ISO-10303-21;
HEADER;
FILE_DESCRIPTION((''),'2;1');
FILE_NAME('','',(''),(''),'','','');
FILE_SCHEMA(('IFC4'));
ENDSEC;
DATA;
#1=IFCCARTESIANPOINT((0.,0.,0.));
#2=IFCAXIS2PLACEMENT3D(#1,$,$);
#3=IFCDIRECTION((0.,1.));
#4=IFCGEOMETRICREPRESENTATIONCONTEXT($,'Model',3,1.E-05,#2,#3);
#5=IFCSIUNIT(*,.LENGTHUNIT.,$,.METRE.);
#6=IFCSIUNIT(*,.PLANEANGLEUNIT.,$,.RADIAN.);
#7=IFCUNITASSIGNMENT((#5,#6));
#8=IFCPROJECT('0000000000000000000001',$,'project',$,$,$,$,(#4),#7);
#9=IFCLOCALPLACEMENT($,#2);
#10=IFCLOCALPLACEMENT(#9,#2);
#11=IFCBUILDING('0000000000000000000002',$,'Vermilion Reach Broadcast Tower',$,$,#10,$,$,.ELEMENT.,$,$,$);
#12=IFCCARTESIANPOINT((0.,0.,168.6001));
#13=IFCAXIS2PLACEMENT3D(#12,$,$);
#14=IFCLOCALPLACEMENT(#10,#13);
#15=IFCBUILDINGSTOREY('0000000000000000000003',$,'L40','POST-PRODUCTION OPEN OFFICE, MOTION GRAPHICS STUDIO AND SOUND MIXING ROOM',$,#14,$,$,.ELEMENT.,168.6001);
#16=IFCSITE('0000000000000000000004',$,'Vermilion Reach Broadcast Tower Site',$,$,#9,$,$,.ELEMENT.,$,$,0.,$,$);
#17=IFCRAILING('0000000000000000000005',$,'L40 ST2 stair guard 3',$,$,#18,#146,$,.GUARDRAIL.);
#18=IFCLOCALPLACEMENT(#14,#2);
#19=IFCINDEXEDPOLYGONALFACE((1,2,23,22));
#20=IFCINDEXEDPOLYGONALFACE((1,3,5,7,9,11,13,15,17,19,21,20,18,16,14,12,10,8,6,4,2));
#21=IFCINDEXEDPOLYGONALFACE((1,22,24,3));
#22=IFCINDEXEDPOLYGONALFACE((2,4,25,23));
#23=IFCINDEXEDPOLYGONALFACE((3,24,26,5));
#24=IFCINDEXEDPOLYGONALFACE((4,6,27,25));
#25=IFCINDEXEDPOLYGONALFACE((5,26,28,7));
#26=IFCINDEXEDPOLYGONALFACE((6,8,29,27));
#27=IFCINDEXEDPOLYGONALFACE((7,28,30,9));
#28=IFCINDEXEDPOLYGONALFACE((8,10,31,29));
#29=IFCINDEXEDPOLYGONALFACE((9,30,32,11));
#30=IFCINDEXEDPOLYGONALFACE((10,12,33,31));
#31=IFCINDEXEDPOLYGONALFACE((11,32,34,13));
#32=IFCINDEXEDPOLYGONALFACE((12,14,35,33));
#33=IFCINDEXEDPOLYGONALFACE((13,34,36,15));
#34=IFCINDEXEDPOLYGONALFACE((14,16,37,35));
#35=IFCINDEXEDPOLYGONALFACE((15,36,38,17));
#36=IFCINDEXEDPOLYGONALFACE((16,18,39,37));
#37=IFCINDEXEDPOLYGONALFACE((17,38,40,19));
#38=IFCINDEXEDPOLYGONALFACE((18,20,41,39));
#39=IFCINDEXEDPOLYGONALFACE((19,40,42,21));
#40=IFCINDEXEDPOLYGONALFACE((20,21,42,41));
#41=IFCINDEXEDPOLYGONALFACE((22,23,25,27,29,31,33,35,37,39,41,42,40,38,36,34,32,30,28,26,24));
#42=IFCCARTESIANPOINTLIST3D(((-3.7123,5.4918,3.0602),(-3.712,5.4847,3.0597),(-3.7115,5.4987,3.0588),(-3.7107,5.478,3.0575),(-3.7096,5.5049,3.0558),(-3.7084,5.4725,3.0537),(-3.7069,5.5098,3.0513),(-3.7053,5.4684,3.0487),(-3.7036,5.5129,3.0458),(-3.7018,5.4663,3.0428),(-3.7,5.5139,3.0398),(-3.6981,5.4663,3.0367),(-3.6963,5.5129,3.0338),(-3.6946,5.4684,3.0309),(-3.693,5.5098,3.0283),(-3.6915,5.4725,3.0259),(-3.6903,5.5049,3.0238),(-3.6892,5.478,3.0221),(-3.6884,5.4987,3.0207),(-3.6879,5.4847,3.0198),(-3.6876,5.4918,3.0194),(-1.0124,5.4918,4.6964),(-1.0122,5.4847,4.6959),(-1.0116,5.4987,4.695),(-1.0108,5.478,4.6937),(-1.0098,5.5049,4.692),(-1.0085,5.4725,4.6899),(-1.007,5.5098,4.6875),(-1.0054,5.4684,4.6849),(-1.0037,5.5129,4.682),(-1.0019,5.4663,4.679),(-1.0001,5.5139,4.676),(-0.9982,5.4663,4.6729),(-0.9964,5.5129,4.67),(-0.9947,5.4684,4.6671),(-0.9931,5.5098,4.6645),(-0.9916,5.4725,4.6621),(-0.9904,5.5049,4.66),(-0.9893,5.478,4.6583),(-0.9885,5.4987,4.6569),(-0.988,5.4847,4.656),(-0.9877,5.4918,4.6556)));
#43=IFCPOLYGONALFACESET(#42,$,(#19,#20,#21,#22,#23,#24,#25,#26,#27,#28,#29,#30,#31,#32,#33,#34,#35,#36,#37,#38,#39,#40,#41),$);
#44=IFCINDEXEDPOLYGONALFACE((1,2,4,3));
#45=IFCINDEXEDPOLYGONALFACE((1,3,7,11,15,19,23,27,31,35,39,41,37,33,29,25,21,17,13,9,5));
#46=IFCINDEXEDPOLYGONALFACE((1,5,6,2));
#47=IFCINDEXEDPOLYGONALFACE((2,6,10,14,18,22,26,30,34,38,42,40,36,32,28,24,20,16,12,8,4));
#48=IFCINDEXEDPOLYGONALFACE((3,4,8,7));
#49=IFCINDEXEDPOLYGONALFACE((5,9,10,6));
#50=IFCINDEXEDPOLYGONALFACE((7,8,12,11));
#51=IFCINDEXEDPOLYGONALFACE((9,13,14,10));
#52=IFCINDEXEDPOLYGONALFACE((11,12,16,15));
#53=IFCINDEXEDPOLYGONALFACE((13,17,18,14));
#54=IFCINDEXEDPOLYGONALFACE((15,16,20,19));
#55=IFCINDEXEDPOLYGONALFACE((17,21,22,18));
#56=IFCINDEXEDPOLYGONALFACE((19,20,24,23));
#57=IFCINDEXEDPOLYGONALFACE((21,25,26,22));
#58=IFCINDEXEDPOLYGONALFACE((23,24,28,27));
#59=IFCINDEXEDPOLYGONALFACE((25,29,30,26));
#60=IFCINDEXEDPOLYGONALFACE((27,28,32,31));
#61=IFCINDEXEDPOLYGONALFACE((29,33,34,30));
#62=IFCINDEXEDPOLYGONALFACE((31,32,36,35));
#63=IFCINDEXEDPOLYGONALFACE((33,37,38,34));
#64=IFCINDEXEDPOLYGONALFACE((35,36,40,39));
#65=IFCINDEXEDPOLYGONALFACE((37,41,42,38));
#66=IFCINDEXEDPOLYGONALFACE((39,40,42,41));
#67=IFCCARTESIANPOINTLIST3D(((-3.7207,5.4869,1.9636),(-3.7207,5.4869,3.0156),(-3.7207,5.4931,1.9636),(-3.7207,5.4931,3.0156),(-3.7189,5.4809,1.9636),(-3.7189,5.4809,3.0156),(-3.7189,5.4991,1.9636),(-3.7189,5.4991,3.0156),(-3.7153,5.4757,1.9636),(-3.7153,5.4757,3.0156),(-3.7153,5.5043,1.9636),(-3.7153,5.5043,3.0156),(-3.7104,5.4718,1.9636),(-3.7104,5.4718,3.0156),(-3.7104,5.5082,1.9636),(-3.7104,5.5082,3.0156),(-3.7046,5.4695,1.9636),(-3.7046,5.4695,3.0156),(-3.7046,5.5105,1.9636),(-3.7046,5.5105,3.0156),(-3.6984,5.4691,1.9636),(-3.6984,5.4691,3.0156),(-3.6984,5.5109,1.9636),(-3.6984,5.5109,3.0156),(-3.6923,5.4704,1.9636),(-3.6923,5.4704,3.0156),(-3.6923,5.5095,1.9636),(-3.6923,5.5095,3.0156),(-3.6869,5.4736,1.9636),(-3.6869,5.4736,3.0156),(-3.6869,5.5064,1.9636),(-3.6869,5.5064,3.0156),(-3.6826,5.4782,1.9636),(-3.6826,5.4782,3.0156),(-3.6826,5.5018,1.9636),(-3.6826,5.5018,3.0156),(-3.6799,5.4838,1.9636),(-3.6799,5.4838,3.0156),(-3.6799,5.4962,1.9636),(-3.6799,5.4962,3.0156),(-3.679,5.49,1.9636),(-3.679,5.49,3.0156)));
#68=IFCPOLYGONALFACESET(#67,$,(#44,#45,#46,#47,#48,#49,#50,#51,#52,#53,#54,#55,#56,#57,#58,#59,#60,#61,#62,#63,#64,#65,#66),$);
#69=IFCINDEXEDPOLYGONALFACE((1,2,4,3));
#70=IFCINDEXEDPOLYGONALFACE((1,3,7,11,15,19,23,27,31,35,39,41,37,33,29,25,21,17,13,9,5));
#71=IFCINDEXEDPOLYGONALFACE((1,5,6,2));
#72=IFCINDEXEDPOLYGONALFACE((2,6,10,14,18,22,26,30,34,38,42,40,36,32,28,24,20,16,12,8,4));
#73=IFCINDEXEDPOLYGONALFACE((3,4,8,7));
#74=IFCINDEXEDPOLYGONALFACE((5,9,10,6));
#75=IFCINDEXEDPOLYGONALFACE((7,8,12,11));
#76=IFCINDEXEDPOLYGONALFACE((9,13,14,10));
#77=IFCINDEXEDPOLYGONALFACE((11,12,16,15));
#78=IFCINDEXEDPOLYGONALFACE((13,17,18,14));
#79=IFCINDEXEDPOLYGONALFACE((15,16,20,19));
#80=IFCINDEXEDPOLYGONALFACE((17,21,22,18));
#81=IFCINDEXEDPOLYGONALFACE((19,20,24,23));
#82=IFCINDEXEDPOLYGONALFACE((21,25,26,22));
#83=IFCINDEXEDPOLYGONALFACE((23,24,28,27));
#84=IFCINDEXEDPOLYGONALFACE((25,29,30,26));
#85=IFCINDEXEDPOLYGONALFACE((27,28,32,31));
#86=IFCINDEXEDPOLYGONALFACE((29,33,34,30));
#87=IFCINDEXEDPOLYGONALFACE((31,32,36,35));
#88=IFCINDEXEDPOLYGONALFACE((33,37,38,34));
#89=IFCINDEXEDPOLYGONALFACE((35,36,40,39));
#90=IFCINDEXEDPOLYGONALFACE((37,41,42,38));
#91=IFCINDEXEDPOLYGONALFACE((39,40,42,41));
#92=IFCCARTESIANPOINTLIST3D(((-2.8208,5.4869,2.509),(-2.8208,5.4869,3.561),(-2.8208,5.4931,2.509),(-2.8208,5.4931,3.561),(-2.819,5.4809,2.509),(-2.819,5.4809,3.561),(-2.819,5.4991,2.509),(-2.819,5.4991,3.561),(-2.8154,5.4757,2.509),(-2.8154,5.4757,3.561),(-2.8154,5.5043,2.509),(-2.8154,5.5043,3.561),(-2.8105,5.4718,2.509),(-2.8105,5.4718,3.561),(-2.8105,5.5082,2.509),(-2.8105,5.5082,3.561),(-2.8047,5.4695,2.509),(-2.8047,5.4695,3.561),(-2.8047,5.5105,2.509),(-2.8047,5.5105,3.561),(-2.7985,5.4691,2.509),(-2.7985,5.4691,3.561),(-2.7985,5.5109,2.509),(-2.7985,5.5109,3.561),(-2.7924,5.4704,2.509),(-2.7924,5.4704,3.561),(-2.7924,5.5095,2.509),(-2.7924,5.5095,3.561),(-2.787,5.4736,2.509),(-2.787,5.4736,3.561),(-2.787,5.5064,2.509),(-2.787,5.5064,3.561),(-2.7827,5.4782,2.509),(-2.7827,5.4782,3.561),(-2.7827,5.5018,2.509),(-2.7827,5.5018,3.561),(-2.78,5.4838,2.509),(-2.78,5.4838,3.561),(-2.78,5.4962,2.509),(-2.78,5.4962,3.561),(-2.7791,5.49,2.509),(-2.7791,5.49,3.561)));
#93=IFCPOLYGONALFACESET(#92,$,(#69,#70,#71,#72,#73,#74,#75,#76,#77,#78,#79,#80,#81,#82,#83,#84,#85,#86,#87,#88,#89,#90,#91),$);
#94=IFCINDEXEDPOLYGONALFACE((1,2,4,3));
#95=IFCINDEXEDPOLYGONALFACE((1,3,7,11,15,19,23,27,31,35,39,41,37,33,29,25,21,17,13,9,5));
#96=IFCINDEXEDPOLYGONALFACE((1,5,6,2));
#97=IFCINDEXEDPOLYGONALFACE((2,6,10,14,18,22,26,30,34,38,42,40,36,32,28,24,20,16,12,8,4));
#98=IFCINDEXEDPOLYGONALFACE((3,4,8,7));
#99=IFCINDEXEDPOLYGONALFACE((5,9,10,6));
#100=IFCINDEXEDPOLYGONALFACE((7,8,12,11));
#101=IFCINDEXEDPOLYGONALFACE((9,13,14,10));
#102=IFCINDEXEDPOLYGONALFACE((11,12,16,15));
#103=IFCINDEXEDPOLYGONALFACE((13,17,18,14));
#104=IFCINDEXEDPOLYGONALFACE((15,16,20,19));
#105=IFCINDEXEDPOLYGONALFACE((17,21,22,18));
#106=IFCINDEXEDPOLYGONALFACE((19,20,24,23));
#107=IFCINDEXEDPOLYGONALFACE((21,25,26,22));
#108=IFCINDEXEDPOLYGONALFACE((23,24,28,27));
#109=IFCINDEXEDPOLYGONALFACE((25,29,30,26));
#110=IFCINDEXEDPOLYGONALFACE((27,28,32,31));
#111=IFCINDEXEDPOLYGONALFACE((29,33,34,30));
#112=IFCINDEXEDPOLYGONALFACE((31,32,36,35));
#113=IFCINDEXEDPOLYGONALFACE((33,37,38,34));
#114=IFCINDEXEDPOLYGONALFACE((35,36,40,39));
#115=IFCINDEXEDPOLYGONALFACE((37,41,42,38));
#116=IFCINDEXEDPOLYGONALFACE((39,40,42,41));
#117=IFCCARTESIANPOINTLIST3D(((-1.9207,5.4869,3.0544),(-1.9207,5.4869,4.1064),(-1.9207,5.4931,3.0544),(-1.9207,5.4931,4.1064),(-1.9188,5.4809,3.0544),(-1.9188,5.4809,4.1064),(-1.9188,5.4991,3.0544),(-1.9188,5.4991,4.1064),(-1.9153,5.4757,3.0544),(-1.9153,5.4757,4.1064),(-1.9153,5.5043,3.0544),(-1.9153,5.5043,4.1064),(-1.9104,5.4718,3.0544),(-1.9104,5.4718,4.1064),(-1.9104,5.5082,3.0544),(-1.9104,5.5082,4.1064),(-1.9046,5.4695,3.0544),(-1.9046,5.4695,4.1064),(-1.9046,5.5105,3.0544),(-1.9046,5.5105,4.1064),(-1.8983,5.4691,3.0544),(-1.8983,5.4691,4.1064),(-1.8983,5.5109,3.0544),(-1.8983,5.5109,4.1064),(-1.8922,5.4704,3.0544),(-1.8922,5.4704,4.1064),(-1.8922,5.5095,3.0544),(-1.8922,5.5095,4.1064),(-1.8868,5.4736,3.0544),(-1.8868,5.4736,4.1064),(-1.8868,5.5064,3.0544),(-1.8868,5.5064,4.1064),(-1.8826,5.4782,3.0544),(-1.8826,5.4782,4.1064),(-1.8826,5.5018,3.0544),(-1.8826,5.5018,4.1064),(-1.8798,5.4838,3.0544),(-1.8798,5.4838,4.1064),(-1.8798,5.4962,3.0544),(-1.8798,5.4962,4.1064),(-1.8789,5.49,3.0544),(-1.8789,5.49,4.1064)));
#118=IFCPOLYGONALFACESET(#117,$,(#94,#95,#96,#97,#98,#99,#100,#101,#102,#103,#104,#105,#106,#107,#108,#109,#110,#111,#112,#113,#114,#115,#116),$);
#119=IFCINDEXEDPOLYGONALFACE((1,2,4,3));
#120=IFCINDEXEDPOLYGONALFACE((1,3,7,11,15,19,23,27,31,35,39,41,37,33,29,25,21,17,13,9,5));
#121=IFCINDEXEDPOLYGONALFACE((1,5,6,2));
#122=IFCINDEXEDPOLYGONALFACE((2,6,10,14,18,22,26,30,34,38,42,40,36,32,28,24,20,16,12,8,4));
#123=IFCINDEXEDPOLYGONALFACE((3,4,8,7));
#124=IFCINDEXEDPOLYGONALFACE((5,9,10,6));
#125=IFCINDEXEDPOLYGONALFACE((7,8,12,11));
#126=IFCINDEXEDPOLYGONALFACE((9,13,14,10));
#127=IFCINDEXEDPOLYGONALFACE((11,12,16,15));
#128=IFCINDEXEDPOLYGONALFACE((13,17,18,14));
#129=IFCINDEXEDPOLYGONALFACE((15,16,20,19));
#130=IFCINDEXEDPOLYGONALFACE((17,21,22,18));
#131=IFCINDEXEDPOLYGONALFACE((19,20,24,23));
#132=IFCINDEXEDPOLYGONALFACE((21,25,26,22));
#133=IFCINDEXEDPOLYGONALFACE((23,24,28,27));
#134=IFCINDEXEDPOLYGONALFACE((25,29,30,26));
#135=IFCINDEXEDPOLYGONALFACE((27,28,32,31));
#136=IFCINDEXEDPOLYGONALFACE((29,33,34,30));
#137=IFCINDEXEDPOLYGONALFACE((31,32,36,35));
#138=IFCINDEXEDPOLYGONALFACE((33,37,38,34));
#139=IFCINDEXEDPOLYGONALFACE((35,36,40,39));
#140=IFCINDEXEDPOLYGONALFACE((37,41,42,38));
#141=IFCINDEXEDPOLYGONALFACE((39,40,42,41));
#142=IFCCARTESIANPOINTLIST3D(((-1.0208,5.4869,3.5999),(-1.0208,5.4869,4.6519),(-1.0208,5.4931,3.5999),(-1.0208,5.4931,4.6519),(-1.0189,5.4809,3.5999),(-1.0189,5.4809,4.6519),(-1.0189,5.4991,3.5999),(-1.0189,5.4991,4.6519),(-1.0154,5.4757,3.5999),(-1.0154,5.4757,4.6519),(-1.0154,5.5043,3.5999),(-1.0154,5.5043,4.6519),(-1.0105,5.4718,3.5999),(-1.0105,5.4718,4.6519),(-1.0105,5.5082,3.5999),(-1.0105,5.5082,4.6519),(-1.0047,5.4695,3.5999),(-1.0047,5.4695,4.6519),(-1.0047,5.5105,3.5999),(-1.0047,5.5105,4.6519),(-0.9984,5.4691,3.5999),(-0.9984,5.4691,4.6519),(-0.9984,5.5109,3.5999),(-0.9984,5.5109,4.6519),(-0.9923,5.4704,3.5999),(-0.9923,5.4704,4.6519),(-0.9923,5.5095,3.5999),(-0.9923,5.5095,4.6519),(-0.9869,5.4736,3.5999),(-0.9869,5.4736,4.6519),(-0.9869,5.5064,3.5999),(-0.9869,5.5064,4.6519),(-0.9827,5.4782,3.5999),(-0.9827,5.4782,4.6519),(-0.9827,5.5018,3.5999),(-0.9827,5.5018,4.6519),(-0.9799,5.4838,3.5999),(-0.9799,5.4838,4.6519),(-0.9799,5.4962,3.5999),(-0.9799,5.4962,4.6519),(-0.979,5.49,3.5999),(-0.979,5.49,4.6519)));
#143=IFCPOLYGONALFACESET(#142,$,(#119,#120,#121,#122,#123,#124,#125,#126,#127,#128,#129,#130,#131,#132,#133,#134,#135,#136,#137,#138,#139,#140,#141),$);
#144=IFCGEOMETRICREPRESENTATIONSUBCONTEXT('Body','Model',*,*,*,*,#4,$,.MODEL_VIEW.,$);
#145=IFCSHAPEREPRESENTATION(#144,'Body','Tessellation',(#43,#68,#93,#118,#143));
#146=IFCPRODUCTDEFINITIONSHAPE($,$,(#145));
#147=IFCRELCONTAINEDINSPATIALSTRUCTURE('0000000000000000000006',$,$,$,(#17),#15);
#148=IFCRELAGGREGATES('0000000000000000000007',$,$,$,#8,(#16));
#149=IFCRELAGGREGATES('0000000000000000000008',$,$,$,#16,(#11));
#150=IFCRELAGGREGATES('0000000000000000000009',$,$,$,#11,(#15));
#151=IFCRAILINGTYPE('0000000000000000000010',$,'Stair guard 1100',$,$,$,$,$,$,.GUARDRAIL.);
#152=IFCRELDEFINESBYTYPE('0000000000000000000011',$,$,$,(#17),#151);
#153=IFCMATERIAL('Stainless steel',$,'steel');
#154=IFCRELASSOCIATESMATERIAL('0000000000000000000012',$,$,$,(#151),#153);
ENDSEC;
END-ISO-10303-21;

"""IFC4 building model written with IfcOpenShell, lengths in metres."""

from ifc_helpers import new_model, si_unit, direction, frame, origin, origin_2d, place, context, subcontext, project, spatial, circle, extrude, material, type_object, element, save


model = new_model("IFC4")

# Units and contexts
model_context = context("Model", 3, precision=1e-05, world=origin(), true_north=direction((0.0, 1.0)))
body_context = subcontext(model_context, "Body", "Model", "MODEL_VIEW")
ifc_project = project(units=[si_unit("LENGTHUNIT", "METRE"), si_unit("PLANEANGLEUNIT", "RADIAN")], contexts=[model_context])

# Site, building, storey
site_placement = place(None, origin())
site = spatial("IfcSite", under=ifc_project, at=site_placement, Name="Vermilion Reach Broadcast Tower Site", CompositionType="ELEMENT", RefElevation=0.0)
building_placement = place(site_placement, origin())
building = spatial("IfcBuilding", under=site, at=building_placement, Name="Vermilion Reach Broadcast Tower", CompositionType="ELEMENT")
storey_placement = place(building_placement, frame((0.0, 0.0, 168.6001)))
storey = spatial("IfcBuildingStorey", under=building, at=storey_placement, Name="L40", Description="POST-PRODUCTION OPEN OFFICE, MOTION GRAPHICS STUDIO AND SOUND MIXING ROOM", CompositionType="ELEMENT", Elevation=168.6001)

# Railing
ifc_material_1 = material(Name="Stainless steel", Category="steel")
railing_type_1 = type_object("IfcRailingType", Name="Stair guard 1100", PredefinedType="GUARDRAIL", material=ifc_material_1)
railing_1_placement = place(storey_placement, frame((-3.7, 5.49, 1.9636)))
element("IfcRailing", 1, at=railing_1_placement, inside=storey, type_object=railing_type_1, Name="L40 ST2 stair guard 3", PredefinedType="GUARDRAIL", context=body_context, shape_type="SweptSolid", body=[
    extrude(circle(Radius=0.0239, at=origin_2d()), frame((0.0, 0.0, 1.0762), z_axis=(0.855212, 0.0, 0.518278), x_axis=(0.0, 1.0, 0.0)), (0.0, 0.0, 1.0), 3.157),
    extrude(circle(Radius=0.021, at=origin_2d()), origin(), (0.0, 0.0, 1.0), 1.052),
    extrude(circle(Radius=0.021, at=origin_2d()), frame((0.8999, 0.0, 0.5454)), (0.0, 0.0, 1.0), 1.052),
    extrude(circle(Radius=0.021, at=origin_2d()), frame((1.8, 0.0, 1.0908)), (0.0, 0.0, 1.0), 1.052),
    extrude(circle(Radius=0.021, at=origin_2d()), frame((2.7, 0.0, 1.6362)), (0.0, 0.0, 1.0), 1.052),
])

save(model, "model.ifc")
